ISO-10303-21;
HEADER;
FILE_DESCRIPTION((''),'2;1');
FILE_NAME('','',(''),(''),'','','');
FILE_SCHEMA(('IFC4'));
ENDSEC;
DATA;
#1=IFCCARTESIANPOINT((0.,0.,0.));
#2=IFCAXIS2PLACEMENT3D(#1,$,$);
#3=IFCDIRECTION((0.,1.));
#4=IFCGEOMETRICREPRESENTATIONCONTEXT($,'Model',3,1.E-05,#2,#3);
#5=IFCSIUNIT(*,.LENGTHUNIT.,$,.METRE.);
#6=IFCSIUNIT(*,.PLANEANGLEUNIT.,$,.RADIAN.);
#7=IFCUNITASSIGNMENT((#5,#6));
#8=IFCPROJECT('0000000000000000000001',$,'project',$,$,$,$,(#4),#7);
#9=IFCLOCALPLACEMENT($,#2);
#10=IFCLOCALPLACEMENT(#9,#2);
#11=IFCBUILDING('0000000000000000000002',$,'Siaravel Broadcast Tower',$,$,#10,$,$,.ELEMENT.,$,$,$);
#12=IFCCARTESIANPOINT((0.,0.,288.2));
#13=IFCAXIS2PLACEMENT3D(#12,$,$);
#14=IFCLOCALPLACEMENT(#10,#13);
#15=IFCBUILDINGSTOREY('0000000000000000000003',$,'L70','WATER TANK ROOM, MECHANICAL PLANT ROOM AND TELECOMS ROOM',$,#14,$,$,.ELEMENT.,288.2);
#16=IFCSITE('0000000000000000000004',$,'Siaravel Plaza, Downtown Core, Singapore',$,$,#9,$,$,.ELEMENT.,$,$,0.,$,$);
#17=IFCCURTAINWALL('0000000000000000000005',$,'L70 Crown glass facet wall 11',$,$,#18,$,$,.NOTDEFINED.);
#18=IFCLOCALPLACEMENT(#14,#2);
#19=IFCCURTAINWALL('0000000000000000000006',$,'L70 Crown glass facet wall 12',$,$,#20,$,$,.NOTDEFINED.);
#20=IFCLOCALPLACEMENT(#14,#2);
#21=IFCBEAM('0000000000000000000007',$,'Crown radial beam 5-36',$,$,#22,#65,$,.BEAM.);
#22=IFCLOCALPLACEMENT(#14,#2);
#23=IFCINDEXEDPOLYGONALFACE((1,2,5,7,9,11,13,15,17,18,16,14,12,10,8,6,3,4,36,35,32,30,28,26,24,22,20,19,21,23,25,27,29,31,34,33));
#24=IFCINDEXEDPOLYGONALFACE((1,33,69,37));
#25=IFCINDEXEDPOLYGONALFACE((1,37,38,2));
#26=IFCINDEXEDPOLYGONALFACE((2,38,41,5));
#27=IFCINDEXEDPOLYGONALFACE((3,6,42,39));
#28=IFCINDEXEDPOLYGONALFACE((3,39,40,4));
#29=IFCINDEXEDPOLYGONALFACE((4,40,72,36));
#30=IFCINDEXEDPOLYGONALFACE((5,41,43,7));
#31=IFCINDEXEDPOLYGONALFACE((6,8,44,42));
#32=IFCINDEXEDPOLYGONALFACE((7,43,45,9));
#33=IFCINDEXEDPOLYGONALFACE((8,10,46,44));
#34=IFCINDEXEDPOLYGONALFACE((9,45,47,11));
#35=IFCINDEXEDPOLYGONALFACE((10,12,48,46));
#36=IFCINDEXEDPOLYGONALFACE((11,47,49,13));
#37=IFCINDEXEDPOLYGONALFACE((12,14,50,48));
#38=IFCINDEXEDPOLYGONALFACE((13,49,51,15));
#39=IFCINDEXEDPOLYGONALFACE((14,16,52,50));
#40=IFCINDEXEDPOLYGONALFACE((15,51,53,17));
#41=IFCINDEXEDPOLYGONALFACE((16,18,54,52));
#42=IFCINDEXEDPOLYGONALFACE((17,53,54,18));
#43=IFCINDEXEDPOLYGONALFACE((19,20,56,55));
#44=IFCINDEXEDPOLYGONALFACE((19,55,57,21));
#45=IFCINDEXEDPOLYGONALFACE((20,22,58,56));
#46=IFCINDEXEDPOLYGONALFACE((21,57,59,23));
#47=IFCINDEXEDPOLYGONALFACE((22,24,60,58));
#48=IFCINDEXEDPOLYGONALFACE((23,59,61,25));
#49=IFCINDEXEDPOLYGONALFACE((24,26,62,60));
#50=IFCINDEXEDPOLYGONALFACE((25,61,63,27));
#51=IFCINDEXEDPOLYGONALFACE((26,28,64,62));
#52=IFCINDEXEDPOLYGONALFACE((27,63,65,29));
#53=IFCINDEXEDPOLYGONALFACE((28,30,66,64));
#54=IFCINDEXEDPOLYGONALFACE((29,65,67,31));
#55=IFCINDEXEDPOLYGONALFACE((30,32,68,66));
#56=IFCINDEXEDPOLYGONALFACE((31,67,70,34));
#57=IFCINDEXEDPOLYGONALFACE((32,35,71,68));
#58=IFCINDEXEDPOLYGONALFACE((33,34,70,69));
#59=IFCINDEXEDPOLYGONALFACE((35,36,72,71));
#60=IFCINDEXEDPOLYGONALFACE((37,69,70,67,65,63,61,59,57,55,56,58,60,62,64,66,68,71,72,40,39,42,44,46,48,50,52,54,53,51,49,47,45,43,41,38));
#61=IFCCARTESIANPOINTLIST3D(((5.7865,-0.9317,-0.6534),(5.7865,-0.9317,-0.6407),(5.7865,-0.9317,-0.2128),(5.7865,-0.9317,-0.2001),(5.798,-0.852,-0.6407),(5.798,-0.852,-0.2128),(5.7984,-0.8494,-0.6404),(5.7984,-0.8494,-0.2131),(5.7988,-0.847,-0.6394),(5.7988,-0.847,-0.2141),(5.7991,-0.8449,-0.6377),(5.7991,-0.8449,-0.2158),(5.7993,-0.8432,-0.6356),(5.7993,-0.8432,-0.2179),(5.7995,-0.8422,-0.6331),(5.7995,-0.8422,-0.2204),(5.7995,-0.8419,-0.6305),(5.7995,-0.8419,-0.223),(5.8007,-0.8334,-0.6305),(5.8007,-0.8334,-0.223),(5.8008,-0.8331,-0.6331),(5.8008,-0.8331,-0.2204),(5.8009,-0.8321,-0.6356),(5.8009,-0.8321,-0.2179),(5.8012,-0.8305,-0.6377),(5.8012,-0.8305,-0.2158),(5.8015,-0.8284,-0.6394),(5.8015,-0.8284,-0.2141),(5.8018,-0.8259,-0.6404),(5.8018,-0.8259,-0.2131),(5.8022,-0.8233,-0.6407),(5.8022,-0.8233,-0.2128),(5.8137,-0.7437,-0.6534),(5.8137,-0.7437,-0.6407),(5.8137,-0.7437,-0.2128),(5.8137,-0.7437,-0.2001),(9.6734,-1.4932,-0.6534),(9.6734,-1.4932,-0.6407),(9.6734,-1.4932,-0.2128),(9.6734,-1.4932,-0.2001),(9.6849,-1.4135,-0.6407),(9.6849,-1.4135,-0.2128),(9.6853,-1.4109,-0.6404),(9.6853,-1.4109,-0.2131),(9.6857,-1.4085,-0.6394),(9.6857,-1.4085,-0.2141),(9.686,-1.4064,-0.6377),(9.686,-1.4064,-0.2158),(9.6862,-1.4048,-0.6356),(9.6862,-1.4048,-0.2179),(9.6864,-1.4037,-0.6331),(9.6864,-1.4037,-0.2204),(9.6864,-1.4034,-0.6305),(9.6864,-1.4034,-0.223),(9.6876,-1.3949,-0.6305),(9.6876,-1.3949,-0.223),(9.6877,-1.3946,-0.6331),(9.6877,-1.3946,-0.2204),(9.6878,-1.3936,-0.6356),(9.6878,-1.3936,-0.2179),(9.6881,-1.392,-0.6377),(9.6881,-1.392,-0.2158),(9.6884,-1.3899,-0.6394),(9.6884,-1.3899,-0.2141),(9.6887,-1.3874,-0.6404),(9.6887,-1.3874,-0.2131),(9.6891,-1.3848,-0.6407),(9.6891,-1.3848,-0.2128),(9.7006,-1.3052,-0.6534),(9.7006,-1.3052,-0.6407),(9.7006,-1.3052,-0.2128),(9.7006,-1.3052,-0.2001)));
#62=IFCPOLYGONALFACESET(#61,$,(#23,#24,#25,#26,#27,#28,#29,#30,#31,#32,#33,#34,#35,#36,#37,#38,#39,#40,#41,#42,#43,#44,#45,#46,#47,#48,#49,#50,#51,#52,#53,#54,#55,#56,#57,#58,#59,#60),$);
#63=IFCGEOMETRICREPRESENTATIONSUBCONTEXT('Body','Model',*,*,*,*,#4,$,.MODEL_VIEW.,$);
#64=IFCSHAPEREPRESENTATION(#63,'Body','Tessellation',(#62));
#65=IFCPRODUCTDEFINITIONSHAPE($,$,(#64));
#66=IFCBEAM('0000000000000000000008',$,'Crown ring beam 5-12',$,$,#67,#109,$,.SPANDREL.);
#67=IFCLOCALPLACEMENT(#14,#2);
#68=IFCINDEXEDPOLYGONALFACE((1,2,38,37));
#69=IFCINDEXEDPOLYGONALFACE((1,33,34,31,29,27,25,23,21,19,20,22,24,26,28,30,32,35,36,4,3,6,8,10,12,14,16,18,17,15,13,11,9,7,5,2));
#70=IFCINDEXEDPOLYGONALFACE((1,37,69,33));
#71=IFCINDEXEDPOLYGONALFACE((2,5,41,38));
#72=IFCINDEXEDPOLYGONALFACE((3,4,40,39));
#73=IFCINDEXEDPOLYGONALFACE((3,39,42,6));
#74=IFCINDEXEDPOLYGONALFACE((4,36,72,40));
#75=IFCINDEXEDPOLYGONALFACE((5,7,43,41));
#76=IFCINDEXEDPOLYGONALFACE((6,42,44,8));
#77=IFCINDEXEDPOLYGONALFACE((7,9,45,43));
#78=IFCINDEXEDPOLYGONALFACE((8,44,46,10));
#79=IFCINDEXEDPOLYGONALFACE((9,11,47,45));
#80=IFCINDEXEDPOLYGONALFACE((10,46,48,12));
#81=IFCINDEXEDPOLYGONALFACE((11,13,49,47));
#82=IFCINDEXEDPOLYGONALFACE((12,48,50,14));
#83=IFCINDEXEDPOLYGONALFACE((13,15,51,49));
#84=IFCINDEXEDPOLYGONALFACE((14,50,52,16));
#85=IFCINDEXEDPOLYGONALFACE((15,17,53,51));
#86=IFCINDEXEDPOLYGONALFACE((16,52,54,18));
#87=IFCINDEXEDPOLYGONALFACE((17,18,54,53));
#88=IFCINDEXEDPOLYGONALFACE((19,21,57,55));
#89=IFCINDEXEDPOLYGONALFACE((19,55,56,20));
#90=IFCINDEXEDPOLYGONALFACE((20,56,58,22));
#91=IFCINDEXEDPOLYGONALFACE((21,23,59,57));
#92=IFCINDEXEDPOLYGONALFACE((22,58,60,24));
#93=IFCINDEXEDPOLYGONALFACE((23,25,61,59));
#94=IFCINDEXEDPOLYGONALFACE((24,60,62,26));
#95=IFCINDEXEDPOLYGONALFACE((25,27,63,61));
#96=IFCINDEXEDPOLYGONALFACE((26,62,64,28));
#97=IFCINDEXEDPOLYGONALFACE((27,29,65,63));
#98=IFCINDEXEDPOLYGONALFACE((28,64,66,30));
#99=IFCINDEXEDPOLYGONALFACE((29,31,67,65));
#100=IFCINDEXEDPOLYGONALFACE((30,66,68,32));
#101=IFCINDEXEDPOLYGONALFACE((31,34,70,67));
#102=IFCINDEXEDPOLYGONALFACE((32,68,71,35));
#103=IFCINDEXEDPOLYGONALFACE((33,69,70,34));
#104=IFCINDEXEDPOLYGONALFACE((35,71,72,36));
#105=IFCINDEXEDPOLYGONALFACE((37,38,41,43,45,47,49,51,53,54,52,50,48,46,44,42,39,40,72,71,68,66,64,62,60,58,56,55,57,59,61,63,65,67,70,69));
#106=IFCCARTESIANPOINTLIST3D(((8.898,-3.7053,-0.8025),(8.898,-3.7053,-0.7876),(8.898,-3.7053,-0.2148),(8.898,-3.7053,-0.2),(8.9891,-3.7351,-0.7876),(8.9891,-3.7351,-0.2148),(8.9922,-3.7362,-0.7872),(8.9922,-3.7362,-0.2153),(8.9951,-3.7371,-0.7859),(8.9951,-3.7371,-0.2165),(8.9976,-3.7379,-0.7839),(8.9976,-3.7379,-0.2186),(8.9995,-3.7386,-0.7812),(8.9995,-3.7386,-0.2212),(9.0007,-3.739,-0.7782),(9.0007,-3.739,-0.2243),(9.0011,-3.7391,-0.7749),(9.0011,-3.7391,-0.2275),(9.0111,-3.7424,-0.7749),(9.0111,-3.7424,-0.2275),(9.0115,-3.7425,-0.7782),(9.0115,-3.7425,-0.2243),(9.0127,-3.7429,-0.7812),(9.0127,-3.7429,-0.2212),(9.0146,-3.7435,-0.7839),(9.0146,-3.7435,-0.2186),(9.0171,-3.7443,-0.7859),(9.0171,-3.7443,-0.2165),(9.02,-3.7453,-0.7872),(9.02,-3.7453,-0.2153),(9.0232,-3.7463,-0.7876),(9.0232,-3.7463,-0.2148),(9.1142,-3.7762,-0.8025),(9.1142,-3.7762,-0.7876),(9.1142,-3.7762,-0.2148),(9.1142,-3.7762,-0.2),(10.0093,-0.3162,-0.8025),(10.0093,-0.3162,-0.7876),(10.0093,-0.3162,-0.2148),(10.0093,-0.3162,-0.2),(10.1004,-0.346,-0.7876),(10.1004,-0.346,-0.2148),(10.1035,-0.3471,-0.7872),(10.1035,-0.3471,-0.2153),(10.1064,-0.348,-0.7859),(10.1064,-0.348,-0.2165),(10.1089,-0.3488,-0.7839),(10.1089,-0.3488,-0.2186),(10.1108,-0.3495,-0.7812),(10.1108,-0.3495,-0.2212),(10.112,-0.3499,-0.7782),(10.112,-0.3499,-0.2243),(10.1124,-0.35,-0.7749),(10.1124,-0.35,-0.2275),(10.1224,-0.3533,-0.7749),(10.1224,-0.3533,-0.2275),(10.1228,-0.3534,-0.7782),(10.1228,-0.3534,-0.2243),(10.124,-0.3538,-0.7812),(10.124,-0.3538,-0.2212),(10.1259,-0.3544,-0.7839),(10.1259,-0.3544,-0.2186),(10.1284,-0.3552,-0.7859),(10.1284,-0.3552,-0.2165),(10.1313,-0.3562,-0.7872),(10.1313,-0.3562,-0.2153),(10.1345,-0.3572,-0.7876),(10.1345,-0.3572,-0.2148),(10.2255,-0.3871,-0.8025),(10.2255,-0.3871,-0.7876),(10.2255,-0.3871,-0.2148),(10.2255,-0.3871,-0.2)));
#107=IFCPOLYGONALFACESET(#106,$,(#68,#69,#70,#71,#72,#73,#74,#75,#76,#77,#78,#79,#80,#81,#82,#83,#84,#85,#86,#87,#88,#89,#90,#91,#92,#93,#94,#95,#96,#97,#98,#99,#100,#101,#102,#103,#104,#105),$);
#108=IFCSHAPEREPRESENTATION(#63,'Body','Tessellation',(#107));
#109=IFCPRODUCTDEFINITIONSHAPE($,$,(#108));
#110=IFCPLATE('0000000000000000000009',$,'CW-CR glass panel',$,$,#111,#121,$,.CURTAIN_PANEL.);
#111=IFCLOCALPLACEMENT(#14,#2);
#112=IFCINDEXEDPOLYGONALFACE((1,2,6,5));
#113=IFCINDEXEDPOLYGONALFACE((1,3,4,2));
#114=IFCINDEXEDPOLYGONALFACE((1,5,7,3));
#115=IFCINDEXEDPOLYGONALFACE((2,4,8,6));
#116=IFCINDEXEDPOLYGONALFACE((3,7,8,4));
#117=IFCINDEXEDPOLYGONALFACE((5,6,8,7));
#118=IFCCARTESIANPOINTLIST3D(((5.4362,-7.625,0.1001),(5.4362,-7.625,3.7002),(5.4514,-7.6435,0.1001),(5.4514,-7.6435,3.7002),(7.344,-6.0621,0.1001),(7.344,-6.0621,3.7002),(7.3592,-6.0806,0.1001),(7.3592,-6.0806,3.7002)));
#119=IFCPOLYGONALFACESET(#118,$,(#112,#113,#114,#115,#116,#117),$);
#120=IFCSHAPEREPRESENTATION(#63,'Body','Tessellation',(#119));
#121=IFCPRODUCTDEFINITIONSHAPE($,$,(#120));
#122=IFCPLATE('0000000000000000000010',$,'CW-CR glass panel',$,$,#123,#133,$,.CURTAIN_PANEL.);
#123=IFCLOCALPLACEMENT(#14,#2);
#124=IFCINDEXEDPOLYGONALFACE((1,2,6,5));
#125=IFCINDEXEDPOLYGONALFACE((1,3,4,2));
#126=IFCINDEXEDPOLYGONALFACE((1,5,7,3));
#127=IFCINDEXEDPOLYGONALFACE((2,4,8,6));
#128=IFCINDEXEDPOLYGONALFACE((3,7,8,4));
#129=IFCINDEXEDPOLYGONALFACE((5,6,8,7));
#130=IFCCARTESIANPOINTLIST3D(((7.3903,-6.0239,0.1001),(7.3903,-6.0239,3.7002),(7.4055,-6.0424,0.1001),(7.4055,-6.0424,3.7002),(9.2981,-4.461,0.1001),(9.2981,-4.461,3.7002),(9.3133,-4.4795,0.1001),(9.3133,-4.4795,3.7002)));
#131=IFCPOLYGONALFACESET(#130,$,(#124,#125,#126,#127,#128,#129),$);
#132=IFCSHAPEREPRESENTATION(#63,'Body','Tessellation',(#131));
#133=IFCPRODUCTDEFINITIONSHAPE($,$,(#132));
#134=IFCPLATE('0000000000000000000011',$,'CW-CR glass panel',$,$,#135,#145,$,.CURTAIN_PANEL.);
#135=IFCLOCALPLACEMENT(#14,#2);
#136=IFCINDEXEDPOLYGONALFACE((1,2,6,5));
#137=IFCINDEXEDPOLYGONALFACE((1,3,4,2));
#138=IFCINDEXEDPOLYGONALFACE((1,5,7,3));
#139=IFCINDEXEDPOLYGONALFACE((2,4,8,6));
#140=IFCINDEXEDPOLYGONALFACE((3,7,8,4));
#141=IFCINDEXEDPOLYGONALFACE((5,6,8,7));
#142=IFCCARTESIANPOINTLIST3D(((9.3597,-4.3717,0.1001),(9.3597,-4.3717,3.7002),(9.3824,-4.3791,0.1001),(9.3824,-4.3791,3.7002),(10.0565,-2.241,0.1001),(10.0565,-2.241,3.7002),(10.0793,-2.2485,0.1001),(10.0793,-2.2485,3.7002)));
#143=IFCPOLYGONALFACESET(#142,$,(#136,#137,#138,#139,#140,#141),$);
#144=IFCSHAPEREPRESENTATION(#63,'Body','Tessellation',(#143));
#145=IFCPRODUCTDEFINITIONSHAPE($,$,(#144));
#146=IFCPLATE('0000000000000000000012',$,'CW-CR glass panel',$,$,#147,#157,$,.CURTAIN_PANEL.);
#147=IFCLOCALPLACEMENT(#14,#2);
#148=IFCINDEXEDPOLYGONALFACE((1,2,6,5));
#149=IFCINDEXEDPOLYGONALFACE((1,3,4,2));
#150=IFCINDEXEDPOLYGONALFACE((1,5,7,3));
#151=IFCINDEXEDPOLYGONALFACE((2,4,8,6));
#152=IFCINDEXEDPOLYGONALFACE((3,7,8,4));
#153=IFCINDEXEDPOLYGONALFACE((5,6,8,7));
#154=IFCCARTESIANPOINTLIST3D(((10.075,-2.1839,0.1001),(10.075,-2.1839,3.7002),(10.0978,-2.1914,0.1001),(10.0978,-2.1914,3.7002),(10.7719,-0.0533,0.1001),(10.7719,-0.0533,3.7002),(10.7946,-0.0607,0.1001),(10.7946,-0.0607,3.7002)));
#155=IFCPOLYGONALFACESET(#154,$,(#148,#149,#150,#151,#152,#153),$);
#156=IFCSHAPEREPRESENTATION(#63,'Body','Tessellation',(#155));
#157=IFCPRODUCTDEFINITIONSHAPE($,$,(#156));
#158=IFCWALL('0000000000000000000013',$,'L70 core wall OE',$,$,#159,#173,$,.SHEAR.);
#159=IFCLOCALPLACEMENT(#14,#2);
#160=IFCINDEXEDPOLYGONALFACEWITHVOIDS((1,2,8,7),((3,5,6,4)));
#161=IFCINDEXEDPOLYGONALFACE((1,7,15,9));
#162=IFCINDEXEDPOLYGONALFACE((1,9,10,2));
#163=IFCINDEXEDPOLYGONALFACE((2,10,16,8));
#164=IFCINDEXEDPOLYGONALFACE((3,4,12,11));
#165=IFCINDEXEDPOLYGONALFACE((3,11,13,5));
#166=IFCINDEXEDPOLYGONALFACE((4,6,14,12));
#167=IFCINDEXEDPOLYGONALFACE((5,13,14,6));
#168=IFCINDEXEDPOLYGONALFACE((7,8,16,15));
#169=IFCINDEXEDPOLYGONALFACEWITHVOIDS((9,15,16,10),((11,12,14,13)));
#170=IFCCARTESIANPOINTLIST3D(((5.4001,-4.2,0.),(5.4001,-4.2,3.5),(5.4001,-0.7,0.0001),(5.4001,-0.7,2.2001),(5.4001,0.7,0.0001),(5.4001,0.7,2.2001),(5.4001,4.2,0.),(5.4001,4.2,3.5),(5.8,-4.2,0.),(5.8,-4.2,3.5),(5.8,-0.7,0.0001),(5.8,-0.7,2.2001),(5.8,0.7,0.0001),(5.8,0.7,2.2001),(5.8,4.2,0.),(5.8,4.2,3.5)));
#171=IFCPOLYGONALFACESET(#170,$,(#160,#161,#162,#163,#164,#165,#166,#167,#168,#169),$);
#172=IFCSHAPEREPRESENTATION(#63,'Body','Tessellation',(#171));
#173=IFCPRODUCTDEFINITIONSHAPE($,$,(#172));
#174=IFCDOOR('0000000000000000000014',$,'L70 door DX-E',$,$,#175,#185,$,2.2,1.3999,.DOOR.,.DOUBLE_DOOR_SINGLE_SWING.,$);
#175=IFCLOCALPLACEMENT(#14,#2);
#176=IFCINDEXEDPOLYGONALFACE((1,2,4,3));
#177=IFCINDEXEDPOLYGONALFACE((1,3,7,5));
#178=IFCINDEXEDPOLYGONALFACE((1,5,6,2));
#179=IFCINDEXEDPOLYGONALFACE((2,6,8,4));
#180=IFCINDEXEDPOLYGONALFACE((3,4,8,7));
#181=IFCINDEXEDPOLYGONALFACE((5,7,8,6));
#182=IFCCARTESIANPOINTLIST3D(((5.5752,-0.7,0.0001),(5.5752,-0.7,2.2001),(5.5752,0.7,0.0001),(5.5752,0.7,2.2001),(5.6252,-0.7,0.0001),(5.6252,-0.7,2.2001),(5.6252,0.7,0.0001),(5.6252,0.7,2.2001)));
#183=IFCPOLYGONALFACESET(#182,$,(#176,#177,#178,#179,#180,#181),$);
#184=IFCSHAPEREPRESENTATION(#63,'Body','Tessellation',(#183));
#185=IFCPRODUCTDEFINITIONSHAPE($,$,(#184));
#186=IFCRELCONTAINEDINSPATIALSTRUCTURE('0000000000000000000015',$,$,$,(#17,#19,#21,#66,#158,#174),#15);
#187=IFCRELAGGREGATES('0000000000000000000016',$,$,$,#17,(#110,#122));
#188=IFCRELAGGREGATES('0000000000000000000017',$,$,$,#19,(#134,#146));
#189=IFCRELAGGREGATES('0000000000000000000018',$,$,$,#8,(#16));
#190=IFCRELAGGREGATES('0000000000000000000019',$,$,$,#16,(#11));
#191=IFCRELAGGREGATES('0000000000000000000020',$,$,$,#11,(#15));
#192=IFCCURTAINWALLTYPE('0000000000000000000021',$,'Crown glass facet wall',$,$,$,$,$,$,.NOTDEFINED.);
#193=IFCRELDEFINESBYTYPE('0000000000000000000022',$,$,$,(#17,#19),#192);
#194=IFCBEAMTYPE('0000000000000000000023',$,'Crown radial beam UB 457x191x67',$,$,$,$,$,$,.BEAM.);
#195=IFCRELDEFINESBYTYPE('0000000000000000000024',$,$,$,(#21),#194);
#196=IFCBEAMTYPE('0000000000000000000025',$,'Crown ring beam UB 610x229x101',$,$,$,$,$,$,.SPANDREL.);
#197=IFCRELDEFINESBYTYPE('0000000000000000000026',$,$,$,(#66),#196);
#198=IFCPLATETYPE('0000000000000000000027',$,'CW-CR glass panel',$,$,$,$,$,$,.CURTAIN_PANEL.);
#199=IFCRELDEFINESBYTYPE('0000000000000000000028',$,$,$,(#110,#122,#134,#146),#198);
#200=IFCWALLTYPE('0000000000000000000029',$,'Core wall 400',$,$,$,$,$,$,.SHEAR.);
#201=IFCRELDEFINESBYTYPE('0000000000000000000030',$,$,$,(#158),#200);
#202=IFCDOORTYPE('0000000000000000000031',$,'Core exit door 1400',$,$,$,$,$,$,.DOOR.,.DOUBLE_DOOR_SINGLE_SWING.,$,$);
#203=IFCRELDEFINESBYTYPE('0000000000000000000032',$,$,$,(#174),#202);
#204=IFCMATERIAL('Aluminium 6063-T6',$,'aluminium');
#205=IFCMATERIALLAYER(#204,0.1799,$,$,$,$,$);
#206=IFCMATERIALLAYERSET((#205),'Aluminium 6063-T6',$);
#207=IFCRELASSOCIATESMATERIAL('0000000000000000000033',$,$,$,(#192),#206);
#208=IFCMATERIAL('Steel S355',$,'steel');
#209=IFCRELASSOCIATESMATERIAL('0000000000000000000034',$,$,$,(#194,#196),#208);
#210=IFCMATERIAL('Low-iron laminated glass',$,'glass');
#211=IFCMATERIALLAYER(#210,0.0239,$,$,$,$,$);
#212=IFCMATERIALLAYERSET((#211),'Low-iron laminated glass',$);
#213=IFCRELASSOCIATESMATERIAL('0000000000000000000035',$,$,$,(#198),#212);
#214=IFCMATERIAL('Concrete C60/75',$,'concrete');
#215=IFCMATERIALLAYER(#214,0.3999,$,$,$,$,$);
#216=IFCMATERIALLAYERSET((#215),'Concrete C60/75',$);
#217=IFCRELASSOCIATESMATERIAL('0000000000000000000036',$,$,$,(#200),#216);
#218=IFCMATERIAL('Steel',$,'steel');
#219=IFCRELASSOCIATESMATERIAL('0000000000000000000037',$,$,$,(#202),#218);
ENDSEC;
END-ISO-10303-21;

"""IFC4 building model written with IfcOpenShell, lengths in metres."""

from ifc_helpers import new_model, si_unit, direction, frame, frame_2d, origin, origin_2d, place, context, subcontext, project, spatial, rectangle, i_section, extrude, material, layer, layer_set, material_profile, profile_set, type_object, element, fill, aggregate, save


model = new_model("IFC4")

# Units and contexts
model_context = context("Model", 3, precision=1e-05, world=origin(), true_north=direction((0.0, 1.0)))
body_context = subcontext(model_context, "Body", "Model", "MODEL_VIEW")
ifc_project = project(units=[si_unit("LENGTHUNIT", "METRE"), si_unit("PLANEANGLEUNIT", "RADIAN")], contexts=[model_context])

# Site, building, storey
site_placement = place(None, origin())
site = spatial("IfcSite", under=ifc_project, at=site_placement, Name="Siaravel Plaza, Downtown Core, Singapore", CompositionType="ELEMENT", RefElevation=0.0)
building_placement = place(site_placement, origin())
building = spatial("IfcBuilding", under=site, at=building_placement, Name="Siaravel Broadcast Tower", CompositionType="ELEMENT")
storey_placement = place(building_placement, frame((0.0, 0.0, 288.2)))
storey = spatial("IfcBuildingStorey", under=building, at=storey_placement, Name="L70", Description="WATER TANK ROOM, MECHANICAL PLANT ROOM AND TELECOMS ROOM", CompositionType="ELEMENT", Elevation=288.2)

# Curtain walls
ifc_material_1 = material(Name="Aluminium 6063-T6", Category="aluminium")
ifc_layer_1 = layer(ifc_material_1, 0.1799)
ifc_layer_set_1 = layer_set([ifc_layer_1], Name="Aluminium 6063-T6")
curtain_wall_type = type_object("IfcCurtainWallType", Name="Crown glass facet wall", PredefinedType="NOTDEFINED", material=ifc_layer_set_1)
curtain_wall_1_placement = place(storey_placement, origin())
curtain_wall_1 = element("IfcCurtainWall", 1, at=curtain_wall_1_placement, inside=storey, type_object=curtain_wall_type, Name="L70 Crown glass facet wall 11", PredefinedType="NOTDEFINED")
curtain_wall_2_placement = place(storey_placement, origin())
curtain_wall_2 = element("IfcCurtainWall", 2, at=curtain_wall_2_placement, inside=storey, type_object=curtain_wall_type, Name="L70 Crown glass facet wall 12", PredefinedType="NOTDEFINED")

# Beams
ifc_material_2 = material(Name="Steel S355", Category="steel")
ifc_material_profile_1 = material_profile(ifc_material_2, i_section(OverallWidth=0.1899, OverallDepth=0.4534, WebThickness=0.0085, FlangeThickness=0.0127, FilletRadius=0.0103, at=origin_2d()))
ifc_profile_set_1 = profile_set([ifc_material_profile_1], Name="Steel S355")
beam_type_1 = type_object("IfcBeamType", Name="Crown radial beam UB 457x191x67", PredefinedType="BEAM", material=ifc_profile_set_1)
beam_1_placement = place(storey_placement, frame((9.687, -1.3992, -0.4268), z_axis=(-0.989726, 0.142979, 0.0), x_axis=(-0.142979, -0.989726, 0.0)))
element("IfcBeam", 3, at=beam_1_placement, inside=storey, type_object=beam_type_1, Name="Crown radial beam 5-36", PredefinedType="BEAM", context=body_context, shape_type="SweptSolid", body=[
    extrude(i_section(OverallWidth=0.1899, OverallDepth=0.4534, WebThickness=0.0085, FlangeThickness=0.0127, FilletRadius=0.0103, at=origin_2d()), origin(), (0.0, 0.0, 1.0), 3.9272),
])
ifc_material_profile_2 = material_profile(ifc_material_2, i_section(OverallWidth=0.2275, OverallDepth=0.6025, WebThickness=0.0105, FlangeThickness=0.0149, FilletRadius=0.0127, at=origin_2d()))
ifc_profile_set_2 = profile_set([ifc_material_profile_2], Name="Steel S355")
beam_type_2 = type_object("IfcBeamType", Name="Crown ring beam UB 610x229x101", PredefinedType="SPANDREL", material=ifc_profile_set_2)
beam_2_placement = place(storey_placement, frame((9.0061, -3.7407, -0.5012), z_axis=(0.311583, 0.950219, 0.0), x_axis=(-0.950219, 0.311583, 0.0)))
element("IfcBeam", 4, at=beam_2_placement, inside=storey, type_object=beam_type_2, Name="Crown ring beam 5-12", PredefinedType="SPANDREL", context=body_context, shape_type="SweptSolid", body=[
    extrude(i_section(OverallWidth=0.2275, OverallDepth=0.6025, WebThickness=0.0105, FlangeThickness=0.0149, FilletRadius=0.0127, at=origin_2d()), origin(), (0.0, 0.0, 1.0), 3.5667),
])

# Plates
ifc_material_3 = material(Name="Low-iron laminated glass", Category="glass")
ifc_layer_2 = layer(ifc_material_3, 0.0239)
ifc_layer_set_2 = layer_set([ifc_layer_2], Name="Low-iron laminated glass")
plate_type = type_object("IfcPlateType", Name="CW-CR glass panel", PredefinedType="CURTAIN_PANEL", material=ifc_layer_set_2)
plate_1_placement = place(storey_placement, frame((6.3977, -6.8528, 0.1001), z_axis=(0.0, 0.0, 1.0), x_axis=(0.773564, 0.633718, 0.0)))
plate_1 = element("IfcPlate", 5, at=plate_1_placement, type_object=plate_type, Name="CW-CR glass panel", PredefinedType="CURTAIN_PANEL", context=body_context, shape_type="SweptSolid", body=[
    extrude(rectangle(XDim=2.4663, YDim=0.0239, at=origin_2d()), origin(), (0.0, 0.0, 1.0), 3.6001),
])
plate_2_placement = place(storey_placement, frame((8.3518, -5.2517, 0.1001), z_axis=(0.0, 0.0, 1.0), x_axis=(0.773564, 0.633718, 0.0)))
plate_2 = element("IfcPlate", 6, at=plate_2_placement, type_object=plate_type, Name="CW-CR glass panel", PredefinedType="CURTAIN_PANEL", context=body_context, shape_type="SweptSolid", body=[
    extrude(rectangle(XDim=2.4663, YDim=0.0239, at=origin_2d()), origin(), (0.0, 0.0, 1.0), 3.6001),
])
aggregate(curtain_wall_1, [plate_1, plate_2])
plate_3_placement = place(storey_placement, frame((9.7195, -3.3101, 0.1001), z_axis=(0.0, 0.0, 1.0), x_axis=(0.310853, 0.950458, 0.0)))
plate_3 = element("IfcPlate", 7, at=plate_3_placement, type_object=plate_type, Name="CW-CR glass panel", PredefinedType="CURTAIN_PANEL", context=body_context, shape_type="SweptSolid", body=[
    extrude(rectangle(XDim=2.2417, YDim=0.0239, at=origin_2d()), origin(), (0.0, 0.0, 1.0), 3.6001),
])
plate_4_placement = place(storey_placement, frame((10.4348, -1.1223, 0.1001), z_axis=(0.0, 0.0, 1.0), x_axis=(0.310853, 0.950458, 0.0)))
plate_4 = element("IfcPlate", 8, at=plate_4_placement, type_object=plate_type, Name="CW-CR glass panel", PredefinedType="CURTAIN_PANEL", context=body_context, shape_type="SweptSolid", body=[
    extrude(rectangle(XDim=2.2417, YDim=0.0239, at=origin_2d()), origin(), (0.0, 0.0, 1.0), 3.6001),
])
aggregate(curtain_wall_2, [plate_3, plate_4])

# Wall, opening, door
ifc_material_4 = material(Name="Concrete C60/75", Category="concrete")
ifc_layer_3 = layer(ifc_material_4, 0.3999)
ifc_layer_set_3 = layer_set([ifc_layer_3], Name="Concrete C60/75")
wall_type_1 = type_object("IfcWallType", Name="Core wall 400", PredefinedType="SHEAR", material=ifc_layer_set_3)
wall_1_placement = place(storey_placement, frame((5.6001, -4.2, 0.0), z_axis=(0.0, 0.0, 1.0), x_axis=(0.0, 1.0, 0.0)))
wall_1 = element("IfcWall", 9, at=wall_1_placement, inside=storey, type_object=wall_type_1, Name="L70 core wall OE", PredefinedType="SHEAR", context=body_context, shape_type="SweptSolid", body=[
    extrude(rectangle(XDim=8.3999, YDim=0.3999, at=frame_2d((4.2, 0.0))), origin(), (0.0, 0.0, 1.0), 3.5),
])
opening_1_placement = place(wall_1_placement, frame((3.5, 0.0, 0.0)))
opening_1 = element("IfcOpeningElement", 10, at=opening_1_placement, cuts=wall_1, PredefinedType="OPENING", context=body_context, shape_type="SweptSolid", body=[
    extrude(rectangle(XDim=1.3999, YDim=2.2, at=frame_2d((0.7, 1.1001))), frame((0.0, 0.21, 0.0), z_axis=(0.0, -1.0, 0.0), x_axis=(1.0, 0.0, 0.0)), (0.0, 0.0, 1.0), 0.4199),
])
ifc_material_5 = material(Name="Steel", Category="steel")
door_type_1 = type_object("IfcDoorType", Name="Core exit door 1400", OperationType="DOUBLE_DOOR_SINGLE_SWING", PredefinedType="DOOR", material=ifc_material_5)
door_1_placement = place(opening_1_placement, origin())
door_1 = element("IfcDoor", 11, at=door_1_placement, inside=storey, type_object=door_type_1, Name="L70 door DX-E", OperationType="DOUBLE_DOOR_SINGLE_SWING", OverallHeight=2.2, OverallWidth=1.3999, PredefinedType="DOOR", context=body_context, shape_type="SweptSolid", body=[
    extrude(rectangle(XDim=1.3999, YDim=2.2, at=frame_2d((0.7, 1.1001))), frame((0.0, 0.0249, 0.0), z_axis=(0.0, -1.0, 0.0), x_axis=(1.0, 0.0, 0.0)), (0.0, 0.0, 1.0), 0.05),
])
fill(opening_1, door_1)

save(model, "model.ifc")
